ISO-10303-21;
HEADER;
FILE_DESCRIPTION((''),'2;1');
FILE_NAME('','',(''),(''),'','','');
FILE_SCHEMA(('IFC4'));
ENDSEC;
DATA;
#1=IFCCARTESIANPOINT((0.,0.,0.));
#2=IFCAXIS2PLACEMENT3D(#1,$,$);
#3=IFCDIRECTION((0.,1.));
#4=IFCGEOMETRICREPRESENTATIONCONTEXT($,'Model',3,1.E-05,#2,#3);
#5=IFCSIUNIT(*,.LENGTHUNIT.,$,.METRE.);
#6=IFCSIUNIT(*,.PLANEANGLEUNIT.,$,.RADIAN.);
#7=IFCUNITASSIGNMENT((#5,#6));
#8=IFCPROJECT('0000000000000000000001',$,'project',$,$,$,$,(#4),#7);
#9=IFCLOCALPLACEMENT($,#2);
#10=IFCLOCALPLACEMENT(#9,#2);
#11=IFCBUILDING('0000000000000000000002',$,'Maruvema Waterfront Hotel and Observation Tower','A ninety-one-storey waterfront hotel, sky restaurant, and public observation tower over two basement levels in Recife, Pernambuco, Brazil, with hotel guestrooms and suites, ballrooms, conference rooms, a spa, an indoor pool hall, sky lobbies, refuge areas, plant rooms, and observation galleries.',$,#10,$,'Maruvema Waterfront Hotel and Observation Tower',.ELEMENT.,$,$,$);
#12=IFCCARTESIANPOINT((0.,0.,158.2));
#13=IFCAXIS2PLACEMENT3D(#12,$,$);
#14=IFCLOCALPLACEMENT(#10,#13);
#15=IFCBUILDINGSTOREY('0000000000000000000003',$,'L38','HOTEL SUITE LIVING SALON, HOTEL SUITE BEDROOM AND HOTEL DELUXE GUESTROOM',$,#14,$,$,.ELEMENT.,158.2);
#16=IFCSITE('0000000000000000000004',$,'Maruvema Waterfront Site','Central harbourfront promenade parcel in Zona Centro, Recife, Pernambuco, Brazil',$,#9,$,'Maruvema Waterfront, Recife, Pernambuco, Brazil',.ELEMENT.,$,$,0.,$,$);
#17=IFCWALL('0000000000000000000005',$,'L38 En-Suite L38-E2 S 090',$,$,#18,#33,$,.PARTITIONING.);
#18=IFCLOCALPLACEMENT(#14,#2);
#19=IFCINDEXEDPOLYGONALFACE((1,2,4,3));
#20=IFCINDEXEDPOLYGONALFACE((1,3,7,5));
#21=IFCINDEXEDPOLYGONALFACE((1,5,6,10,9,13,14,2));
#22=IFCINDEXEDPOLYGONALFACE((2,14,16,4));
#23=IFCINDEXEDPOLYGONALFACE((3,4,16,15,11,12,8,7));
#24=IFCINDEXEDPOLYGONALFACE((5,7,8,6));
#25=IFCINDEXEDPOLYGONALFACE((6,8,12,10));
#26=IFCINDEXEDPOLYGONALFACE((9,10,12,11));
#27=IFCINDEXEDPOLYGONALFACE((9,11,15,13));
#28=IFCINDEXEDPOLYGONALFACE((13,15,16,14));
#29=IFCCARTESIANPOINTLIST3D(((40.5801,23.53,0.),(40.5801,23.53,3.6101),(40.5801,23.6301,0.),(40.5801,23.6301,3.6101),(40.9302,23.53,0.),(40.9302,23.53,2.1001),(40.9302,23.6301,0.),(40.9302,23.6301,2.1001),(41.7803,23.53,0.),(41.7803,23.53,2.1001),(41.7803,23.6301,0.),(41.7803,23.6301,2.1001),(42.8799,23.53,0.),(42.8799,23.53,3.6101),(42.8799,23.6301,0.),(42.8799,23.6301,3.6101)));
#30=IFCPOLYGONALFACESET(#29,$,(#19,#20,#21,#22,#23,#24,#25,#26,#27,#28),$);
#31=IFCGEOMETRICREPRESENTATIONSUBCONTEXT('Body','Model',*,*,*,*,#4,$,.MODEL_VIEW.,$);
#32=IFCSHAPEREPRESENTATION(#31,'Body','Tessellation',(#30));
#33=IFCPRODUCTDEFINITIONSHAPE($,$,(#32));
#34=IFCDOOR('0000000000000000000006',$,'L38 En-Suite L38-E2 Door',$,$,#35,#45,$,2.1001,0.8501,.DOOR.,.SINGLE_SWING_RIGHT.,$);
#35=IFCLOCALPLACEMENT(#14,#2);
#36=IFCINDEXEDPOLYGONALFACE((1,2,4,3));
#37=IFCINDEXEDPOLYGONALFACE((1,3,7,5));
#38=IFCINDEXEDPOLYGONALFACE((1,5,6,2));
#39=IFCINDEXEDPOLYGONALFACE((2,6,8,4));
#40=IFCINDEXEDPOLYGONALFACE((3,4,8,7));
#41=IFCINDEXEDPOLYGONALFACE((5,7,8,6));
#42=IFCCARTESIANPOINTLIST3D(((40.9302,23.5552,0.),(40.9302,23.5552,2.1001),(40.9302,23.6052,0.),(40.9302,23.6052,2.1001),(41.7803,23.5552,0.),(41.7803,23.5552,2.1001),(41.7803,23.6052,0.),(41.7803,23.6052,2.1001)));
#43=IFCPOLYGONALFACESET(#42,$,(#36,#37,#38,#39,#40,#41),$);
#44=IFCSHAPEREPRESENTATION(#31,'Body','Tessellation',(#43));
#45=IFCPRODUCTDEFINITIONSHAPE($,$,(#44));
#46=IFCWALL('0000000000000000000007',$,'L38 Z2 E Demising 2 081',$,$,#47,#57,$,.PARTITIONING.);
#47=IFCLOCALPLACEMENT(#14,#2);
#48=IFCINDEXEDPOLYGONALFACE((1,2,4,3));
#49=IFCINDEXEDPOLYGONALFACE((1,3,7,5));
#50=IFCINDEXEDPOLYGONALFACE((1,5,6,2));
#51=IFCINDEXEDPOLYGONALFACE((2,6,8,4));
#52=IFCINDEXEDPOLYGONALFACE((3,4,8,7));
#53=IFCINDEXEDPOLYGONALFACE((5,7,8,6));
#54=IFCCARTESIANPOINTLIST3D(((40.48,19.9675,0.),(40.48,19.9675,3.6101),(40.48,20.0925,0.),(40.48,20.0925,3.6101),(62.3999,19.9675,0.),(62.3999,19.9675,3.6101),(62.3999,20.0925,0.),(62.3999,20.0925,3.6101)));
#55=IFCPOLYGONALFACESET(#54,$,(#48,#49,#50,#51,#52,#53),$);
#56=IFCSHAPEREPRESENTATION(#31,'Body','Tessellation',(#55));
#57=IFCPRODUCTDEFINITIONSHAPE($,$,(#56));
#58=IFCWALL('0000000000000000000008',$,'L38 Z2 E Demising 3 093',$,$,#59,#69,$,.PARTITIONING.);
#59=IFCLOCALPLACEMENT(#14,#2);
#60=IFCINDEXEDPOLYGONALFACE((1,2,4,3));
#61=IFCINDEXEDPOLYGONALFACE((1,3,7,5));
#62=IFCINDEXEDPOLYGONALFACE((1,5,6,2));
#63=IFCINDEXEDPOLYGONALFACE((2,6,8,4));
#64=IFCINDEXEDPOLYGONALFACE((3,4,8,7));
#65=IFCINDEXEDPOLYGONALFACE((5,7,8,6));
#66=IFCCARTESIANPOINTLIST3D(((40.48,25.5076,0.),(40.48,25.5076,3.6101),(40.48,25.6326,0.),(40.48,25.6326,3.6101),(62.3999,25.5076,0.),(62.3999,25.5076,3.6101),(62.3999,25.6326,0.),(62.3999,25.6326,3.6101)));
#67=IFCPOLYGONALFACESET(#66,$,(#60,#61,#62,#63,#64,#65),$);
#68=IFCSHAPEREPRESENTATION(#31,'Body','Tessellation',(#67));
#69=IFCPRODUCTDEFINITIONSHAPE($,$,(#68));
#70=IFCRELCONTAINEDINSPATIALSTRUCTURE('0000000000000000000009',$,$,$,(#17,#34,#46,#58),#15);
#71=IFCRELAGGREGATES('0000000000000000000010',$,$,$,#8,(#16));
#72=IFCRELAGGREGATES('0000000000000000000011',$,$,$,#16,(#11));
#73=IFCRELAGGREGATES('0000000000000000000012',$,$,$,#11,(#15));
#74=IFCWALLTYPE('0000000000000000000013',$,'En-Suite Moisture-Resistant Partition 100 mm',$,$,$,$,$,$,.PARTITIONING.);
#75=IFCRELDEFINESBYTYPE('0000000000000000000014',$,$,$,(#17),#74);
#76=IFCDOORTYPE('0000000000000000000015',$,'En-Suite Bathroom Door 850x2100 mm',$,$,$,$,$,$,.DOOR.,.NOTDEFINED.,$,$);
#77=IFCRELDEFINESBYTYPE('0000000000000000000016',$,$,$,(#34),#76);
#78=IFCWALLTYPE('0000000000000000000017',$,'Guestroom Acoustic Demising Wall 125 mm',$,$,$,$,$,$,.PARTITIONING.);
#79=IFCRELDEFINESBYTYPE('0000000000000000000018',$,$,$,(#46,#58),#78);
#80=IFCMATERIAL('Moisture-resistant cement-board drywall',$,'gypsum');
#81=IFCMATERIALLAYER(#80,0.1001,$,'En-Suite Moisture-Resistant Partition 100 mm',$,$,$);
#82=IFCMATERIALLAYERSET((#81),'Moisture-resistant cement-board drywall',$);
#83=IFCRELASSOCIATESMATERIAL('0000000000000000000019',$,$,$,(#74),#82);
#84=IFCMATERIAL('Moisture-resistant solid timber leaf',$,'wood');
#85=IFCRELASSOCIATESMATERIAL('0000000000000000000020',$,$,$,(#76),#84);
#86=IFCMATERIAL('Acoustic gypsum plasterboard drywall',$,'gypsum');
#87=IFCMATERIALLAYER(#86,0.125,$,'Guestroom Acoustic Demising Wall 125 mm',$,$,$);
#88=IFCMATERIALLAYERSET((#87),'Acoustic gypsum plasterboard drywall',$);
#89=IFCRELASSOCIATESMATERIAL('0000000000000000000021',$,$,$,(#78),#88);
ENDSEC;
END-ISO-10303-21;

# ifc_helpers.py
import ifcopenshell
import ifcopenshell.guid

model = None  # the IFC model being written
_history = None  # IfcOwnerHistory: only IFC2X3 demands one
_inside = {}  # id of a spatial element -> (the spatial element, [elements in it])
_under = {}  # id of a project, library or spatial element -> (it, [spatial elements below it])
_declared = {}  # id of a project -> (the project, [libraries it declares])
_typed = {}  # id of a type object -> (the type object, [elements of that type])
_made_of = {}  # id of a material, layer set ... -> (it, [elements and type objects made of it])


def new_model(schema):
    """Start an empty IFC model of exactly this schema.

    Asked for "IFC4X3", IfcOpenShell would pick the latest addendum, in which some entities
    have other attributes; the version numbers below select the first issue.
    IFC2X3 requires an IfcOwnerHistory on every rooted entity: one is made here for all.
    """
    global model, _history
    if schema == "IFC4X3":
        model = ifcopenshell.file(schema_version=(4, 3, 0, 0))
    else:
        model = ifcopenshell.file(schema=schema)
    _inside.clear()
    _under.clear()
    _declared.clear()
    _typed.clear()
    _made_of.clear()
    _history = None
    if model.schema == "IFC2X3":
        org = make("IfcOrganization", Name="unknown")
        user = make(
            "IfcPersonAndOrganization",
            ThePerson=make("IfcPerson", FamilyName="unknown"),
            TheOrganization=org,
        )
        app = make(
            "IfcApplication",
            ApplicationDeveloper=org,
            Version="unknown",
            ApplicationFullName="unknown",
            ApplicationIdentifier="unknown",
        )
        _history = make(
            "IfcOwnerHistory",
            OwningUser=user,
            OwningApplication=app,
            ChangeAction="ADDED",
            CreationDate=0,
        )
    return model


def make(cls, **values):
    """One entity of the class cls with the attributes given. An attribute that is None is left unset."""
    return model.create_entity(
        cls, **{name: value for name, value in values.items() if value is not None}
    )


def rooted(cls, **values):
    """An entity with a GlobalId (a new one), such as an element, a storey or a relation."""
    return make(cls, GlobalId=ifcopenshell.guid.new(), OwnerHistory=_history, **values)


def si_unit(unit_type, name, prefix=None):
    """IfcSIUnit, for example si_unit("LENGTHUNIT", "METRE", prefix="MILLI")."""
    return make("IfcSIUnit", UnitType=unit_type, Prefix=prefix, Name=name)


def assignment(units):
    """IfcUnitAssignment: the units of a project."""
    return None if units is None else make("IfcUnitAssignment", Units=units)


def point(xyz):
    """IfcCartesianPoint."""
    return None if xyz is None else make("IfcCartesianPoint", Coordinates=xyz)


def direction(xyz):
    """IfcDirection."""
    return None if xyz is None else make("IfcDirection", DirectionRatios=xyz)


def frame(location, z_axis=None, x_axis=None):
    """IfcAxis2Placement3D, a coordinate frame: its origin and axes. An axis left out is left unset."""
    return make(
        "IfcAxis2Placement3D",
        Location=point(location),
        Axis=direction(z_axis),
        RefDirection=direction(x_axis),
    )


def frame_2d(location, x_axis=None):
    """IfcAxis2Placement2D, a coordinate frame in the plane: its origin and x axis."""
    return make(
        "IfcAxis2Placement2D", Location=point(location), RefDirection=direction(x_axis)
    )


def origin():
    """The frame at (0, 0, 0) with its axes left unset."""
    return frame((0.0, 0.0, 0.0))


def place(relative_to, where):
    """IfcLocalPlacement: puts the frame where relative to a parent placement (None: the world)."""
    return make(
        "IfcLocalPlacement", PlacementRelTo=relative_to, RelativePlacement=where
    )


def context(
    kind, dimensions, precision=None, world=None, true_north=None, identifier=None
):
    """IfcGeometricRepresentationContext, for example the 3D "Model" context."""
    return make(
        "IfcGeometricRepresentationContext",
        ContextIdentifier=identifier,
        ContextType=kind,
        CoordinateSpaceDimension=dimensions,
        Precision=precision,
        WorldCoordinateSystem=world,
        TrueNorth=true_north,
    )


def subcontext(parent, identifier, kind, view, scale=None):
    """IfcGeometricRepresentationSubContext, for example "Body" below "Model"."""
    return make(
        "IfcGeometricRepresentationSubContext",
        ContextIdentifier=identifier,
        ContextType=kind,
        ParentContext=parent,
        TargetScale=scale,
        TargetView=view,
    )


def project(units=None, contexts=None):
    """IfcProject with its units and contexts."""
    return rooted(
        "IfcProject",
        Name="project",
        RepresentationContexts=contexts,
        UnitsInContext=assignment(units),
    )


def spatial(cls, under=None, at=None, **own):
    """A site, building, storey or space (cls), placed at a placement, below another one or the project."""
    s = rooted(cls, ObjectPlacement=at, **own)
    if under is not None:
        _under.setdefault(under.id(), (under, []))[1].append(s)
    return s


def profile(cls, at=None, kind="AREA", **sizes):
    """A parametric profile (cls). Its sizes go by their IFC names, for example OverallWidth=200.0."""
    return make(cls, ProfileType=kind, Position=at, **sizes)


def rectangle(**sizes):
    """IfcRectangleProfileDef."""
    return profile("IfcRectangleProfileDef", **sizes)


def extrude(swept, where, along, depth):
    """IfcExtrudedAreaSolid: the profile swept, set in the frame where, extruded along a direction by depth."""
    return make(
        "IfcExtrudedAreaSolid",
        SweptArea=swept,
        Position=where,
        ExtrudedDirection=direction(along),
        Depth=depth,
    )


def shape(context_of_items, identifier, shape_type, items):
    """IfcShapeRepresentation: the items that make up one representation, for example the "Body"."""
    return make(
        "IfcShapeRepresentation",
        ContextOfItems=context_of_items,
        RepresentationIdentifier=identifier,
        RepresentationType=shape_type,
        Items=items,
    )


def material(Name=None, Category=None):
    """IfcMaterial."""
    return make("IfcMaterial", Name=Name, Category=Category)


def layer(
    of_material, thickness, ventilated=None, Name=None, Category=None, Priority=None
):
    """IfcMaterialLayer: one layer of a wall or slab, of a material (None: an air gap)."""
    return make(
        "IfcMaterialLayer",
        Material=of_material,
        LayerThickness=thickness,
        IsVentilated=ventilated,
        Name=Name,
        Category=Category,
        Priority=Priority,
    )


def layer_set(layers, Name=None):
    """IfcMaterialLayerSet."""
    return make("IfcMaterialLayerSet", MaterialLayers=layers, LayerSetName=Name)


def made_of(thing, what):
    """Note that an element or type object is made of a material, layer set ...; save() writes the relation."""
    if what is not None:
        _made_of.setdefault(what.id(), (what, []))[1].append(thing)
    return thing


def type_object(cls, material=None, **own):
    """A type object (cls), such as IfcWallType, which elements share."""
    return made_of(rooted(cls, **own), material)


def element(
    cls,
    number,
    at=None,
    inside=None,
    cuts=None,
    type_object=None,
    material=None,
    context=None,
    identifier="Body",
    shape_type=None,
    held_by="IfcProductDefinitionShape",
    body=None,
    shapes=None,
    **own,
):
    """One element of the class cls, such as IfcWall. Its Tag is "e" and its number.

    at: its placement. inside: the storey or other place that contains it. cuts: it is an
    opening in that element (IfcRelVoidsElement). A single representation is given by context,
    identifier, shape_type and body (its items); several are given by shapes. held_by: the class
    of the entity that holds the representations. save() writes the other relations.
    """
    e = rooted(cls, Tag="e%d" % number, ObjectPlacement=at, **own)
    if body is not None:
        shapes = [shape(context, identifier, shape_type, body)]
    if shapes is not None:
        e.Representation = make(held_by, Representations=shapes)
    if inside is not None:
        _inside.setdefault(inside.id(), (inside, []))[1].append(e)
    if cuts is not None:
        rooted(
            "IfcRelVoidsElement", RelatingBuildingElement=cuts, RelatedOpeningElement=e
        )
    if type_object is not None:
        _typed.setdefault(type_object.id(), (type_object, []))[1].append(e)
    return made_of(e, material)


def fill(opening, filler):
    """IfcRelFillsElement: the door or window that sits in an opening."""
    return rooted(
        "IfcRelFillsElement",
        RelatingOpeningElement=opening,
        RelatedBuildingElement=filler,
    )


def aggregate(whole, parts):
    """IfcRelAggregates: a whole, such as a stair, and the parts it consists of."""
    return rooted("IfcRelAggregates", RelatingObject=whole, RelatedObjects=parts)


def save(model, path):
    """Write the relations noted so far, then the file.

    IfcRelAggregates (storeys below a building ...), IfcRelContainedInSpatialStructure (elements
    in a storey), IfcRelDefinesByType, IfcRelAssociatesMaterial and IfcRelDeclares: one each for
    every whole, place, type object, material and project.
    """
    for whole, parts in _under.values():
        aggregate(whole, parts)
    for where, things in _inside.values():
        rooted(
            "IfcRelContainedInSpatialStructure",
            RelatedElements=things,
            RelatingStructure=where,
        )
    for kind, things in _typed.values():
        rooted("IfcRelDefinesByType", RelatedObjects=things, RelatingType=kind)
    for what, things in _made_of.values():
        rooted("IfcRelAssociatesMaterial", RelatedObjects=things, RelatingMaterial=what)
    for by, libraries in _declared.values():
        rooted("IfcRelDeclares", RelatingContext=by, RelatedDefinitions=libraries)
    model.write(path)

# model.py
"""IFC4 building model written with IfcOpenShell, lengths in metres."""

from ifc_helpers import new_model, si_unit, direction, frame, frame_2d, origin, place, context, subcontext, project, spatial, rectangle, extrude, material, layer, layer_set, type_object, element, fill, save


model = new_model("IFC4")

# Units and contexts
model_context = context("Model", 3, precision=1e-05, world=origin(), true_north=direction((0.0, 1.0)))
body_context = subcontext(model_context, "Body", "Model", "MODEL_VIEW")
ifc_project = project(units=[si_unit("LENGTHUNIT", "METRE"), si_unit("PLANEANGLEUNIT", "RADIAN")], contexts=[model_context])

# Site, building, storey
site_placement = place(None, origin())
site = spatial("IfcSite", under=ifc_project, at=site_placement, Name="Maruvema Waterfront Site", Description="Central harbourfront promenade parcel in Zona Centro, Recife, Pernambuco, Brazil", LongName="Maruvema Waterfront, Recife, Pernambuco, Brazil", CompositionType="ELEMENT", RefElevation=0.0)
building_placement = place(site_placement, origin())
building = spatial("IfcBuilding", under=site, at=building_placement, Name="Maruvema Waterfront Hotel and Observation Tower", Description="A ninety-one-storey waterfront hotel, sky restaurant, and public observation tower over two basement levels in Recife, Pernambuco, Brazil, with hotel guestrooms and suites, ballrooms, conference rooms, a spa, an indoor pool hall, sky lobbies, refuge areas, plant rooms, and observation galleries.", LongName="Maruvema Waterfront Hotel and Observation Tower", CompositionType="ELEMENT")
storey_placement = place(building_placement, frame((0.0, 0.0, 158.2)))
storey = spatial("IfcBuildingStorey", under=building, at=storey_placement, Name="L38", Description="HOTEL SUITE LIVING SALON, HOTEL SUITE BEDROOM AND HOTEL DELUXE GUESTROOM", CompositionType="ELEMENT", Elevation=158.2)

# Shared definitions
ifc_material_1 = material(Name="Moisture-resistant cement-board drywall", Category="gypsum")
ifc_layer_1 = layer(ifc_material_1, 0.1001, Name="En-Suite Moisture-Resistant Partition 100 mm")
ifc_layer_set_1 = layer_set([ifc_layer_1], Name="Moisture-resistant cement-board drywall")
wall_type_1 = type_object("IfcWallType", Name="En-Suite Moisture-Resistant Partition 100 mm", PredefinedType="PARTITIONING", material=ifc_layer_set_1)

# Wall, opening, door
wall_1_placement = place(storey_placement, frame((40.5801, 23.5801, 0.0), z_axis=(0.0, 0.0, 1.0), x_axis=(1.0, 0.0, 0.0)))
wall_1 = element("IfcWall", 1, at=wall_1_placement, inside=storey, type_object=wall_type_1, Name="L38 En-Suite L38-E2 S 090", PredefinedType="PARTITIONING", context=body_context, shape_type="SweptSolid", body=[
    extrude(rectangle(XDim=2.2998, YDim=0.1001, at=frame_2d((1.1499, 0.0))), origin(), (0.0, 0.0, 1.0), 3.6101),
])
opening_1_placement = place(wall_1_placement, frame((0.3501, 0.0, 0.0)))
opening_1 = element("IfcOpeningElement", 2, at=opening_1_placement, cuts=wall_1, PredefinedType="OPENING", context=body_context, shape_type="SweptSolid", body=[
    extrude(rectangle(XDim=0.8501, YDim=2.1001, at=frame_2d((0.425, 1.05))), frame((0.0, 0.0601, 0.0), z_axis=(0.0, -1.0, 0.0), x_axis=(1.0, 0.0, 0.0)), (0.0, 0.0, 1.0), 0.1201),
])
ifc_material_2 = material(Name="Moisture-resistant solid timber leaf", Category="wood")
door_type_1 = type_object("IfcDoorType", Name="En-Suite Bathroom Door 850x2100 mm", OperationType="NOTDEFINED", PredefinedType="DOOR", material=ifc_material_2)
door_1_placement = place(opening_1_placement, frame((0.8501, 0.0, 0.0), z_axis=(0.0, 0.0, 1.0), x_axis=(-1.0, 0.0, 0.0)))
door_1 = element("IfcDoor", 3, at=door_1_placement, inside=storey, type_object=door_type_1, Name="L38 En-Suite L38-E2 Door", OperationType="SINGLE_SWING_RIGHT", OverallHeight=2.1001, OverallWidth=0.8501, PredefinedType="DOOR", context=body_context, shape_type="SweptSolid", body=[
    extrude(rectangle(XDim=0.8501, YDim=2.1001, at=frame_2d((0.425, 1.05))), frame((0.0, 0.0249, 0.0), z_axis=(0.0, -1.0, 0.0), x_axis=(1.0, 0.0, 0.0)), (0.0, 0.0, 1.0), 0.05),
])
fill(opening_1, door_1)

# Walls
ifc_material_3 = material(Name="Acoustic gypsum plasterboard drywall", Category="gypsum")
ifc_layer_2 = layer(ifc_material_3, 0.125, Name="Guestroom Acoustic Demising Wall 125 mm")
ifc_layer_set_2 = layer_set([ifc_layer_2], Name="Acoustic gypsum plasterboard drywall")
wall_type_2 = type_object("IfcWallType", Name="Guestroom Acoustic Demising Wall 125 mm", PredefinedType="PARTITIONING", material=ifc_layer_set_2)
for number, where, z_axis, x_axis, name in (
    (4, (40.48, 20.03, 0.0), (0.0, 0.0, 1.0), (1.0, 0.0, 0.0), "L38 Z2 E Demising 2 081"),
    (5, (40.48, 25.5701, 0.0), (0.0, 0.0, 1.0), (1.0, 0.0, 0.0), "L38 Z2 E Demising 3 093"),
):
    element("IfcWall", number, at=place(storey_placement, frame(where, z_axis=z_axis, x_axis=x_axis)), inside=storey, type_object=wall_type_2, Name=name, PredefinedType="PARTITIONING", context=body_context, shape_type="SweptSolid", body=[
        extrude(rectangle(XDim=21.9199, YDim=0.125, at=frame_2d((10.96, 0.0))), origin(), (0.0, 0.0, 1.0), 3.6101),
    ])

save(model, "model.ifc")
